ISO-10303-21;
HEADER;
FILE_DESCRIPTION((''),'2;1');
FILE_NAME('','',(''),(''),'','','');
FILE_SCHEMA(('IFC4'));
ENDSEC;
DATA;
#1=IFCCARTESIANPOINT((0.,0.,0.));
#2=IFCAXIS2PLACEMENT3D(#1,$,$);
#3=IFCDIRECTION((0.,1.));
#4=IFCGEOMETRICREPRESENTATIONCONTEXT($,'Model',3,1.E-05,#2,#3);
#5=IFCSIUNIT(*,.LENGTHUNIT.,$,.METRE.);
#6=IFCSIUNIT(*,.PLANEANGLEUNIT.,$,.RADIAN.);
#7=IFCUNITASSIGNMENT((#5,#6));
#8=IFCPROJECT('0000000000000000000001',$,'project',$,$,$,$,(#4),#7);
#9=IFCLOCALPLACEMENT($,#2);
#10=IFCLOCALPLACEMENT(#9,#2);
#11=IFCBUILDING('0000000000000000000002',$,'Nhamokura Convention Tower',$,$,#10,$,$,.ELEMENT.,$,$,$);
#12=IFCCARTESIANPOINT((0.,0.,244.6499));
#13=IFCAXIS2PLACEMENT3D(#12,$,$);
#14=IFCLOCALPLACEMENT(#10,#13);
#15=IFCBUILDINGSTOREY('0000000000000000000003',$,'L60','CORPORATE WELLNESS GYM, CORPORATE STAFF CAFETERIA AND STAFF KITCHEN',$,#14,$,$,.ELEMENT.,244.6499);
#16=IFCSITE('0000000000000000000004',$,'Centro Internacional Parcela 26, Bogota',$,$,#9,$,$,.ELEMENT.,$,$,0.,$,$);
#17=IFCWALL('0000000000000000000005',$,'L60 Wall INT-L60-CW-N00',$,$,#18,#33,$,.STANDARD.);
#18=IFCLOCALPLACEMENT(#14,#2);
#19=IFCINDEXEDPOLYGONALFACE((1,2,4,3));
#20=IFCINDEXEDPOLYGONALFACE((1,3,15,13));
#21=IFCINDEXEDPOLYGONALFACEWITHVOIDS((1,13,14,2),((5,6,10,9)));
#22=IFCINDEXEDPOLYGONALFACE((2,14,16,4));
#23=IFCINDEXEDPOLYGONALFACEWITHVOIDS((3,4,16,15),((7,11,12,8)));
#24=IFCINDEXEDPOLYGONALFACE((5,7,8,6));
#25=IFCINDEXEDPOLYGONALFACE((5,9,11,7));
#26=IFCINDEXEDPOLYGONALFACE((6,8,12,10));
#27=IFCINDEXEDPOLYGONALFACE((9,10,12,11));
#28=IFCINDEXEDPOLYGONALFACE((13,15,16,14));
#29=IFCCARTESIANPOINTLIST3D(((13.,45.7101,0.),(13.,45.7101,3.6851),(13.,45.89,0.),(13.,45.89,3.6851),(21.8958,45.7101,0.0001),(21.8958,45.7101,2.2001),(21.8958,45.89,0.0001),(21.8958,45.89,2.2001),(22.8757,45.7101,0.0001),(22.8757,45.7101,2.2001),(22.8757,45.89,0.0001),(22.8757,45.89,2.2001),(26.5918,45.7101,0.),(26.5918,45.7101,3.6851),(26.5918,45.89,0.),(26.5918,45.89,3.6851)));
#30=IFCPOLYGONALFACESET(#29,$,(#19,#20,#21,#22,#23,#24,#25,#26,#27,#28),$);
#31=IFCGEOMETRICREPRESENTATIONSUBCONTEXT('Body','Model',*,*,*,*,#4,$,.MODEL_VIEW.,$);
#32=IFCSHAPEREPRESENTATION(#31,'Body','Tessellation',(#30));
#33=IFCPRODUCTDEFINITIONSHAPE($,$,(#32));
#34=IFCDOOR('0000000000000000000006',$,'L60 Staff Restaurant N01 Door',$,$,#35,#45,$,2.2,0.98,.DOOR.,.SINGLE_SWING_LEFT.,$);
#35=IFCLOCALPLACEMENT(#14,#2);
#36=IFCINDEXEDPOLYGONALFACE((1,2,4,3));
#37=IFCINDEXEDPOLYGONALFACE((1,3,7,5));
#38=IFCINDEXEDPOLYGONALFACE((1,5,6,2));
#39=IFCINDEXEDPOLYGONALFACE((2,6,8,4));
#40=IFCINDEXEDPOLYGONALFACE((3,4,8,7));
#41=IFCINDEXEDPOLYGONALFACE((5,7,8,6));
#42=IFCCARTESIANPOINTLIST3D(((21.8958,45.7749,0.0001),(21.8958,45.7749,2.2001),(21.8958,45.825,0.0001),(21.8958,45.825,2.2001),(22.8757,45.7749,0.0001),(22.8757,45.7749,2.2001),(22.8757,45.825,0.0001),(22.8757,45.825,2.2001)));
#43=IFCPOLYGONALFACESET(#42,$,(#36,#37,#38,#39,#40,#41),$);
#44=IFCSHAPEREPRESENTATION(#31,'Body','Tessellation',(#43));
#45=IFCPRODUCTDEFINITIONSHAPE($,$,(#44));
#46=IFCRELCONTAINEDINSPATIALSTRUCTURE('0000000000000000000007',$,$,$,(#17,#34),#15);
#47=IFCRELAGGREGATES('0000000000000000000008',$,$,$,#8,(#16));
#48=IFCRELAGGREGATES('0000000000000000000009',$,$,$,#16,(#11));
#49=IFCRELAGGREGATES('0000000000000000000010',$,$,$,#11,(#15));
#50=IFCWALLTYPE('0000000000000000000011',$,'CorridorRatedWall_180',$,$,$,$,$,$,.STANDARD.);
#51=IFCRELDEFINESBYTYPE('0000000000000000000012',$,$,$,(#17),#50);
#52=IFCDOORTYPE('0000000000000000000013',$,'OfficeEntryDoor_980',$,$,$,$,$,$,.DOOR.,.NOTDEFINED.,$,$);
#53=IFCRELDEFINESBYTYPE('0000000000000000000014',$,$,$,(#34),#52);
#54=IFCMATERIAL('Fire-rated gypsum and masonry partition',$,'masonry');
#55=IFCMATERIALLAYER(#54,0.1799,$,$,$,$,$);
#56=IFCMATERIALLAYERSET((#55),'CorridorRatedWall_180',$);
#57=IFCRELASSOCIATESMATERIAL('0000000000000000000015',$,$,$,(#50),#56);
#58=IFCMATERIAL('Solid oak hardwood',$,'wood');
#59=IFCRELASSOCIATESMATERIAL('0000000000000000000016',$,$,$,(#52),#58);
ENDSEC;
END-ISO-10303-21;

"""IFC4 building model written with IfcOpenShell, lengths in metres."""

from ifc_helpers import new_model, si_unit, direction, frame, frame_2d, origin, place, context, subcontext, project, spatial, rectangle, extrude, material, layer, layer_set, type_object, element, fill, save


model = new_model("IFC4")

# Units and contexts
model_context = context("Model", 3, precision=1e-05, world=origin(), true_north=direction((0.0, 1.0)))
body_context = subcontext(model_context, "Body", "Model", "MODEL_VIEW")
ifc_project = project(units=[si_unit("LENGTHUNIT", "METRE"), si_unit("PLANEANGLEUNIT", "RADIAN")], contexts=[model_context])

# Site, building, storey
site_placement = place(None, origin())
site = spatial("IfcSite", under=ifc_project, at=site_placement, Name="Centro Internacional Parcela 26, Bogota", CompositionType="ELEMENT", RefElevation=0.0)
building_placement = place(site_placement, origin())
building = spatial("IfcBuilding", under=site, at=building_placement, Name="Nhamokura Convention Tower", CompositionType="ELEMENT")
storey_placement = place(building_placement, frame((0.0, 0.0, 244.6499)))
storey = spatial("IfcBuildingStorey", under=building, at=storey_placement, Name="L60", Description="CORPORATE WELLNESS GYM, CORPORATE STAFF CAFETERIA AND STAFF KITCHEN", CompositionType="ELEMENT", Elevation=244.6499)

# Wall, opening, door
ifc_material_1 = material(Name="Fire-rated gypsum and masonry partition", Category="masonry")
ifc_layer_1 = layer(ifc_material_1, 0.1799)
ifc_layer_set_1 = layer_set([ifc_layer_1], Name="CorridorRatedWall_180")
wall_type_1 = type_object("IfcWallType", Name="CorridorRatedWall_180", PredefinedType="STANDARD", material=ifc_layer_set_1)
wall_placement = place(storey_placement, frame((13.0, 45.8, 0.0), z_axis=(0.0, 0.0, 1.0), x_axis=(1.0, 0.0, 0.0)))
wall = element("IfcWall", 1, at=wall_placement, inside=storey, type_object=wall_type_1, Name="L60 Wall INT-L60-CW-N00", PredefinedType="STANDARD", context=body_context, shape_type="SweptSolid", body=[
    extrude(rectangle(XDim=13.5918, YDim=0.1799, at=frame_2d((6.7959, 0.0))), origin(), (0.0, 0.0, 1.0), 3.6851),
])
opening_placement = place(wall_placement, frame((8.8958, 0.0, 0.0)))
opening = element("IfcOpeningElement", 2, at=opening_placement, cuts=wall, PredefinedType="OPENING", context=body_context, shape_type="SweptSolid", body=[
    extrude(rectangle(XDim=0.98, YDim=2.2, at=frame_2d((0.49, 1.1001))), frame((0.0, 0.0999, 0.0), z_axis=(0.0, -1.0, 0.0), x_axis=(1.0, 0.0, 0.0)), (0.0, 0.0, 1.0), 0.2),
])
ifc_material_2 = material(Name="Solid oak hardwood", Category="wood")
door_type = type_object("IfcDoorType", Name="OfficeEntryDoor_980", OperationType="NOTDEFINED", PredefinedType="DOOR", material=ifc_material_2)
door_placement = place(opening_placement, origin())
door = element("IfcDoor", 3, at=door_placement, inside=storey, type_object=door_type, Name="L60 Staff Restaurant N01 Door", OperationType="SINGLE_SWING_LEFT", OverallHeight=2.2, OverallWidth=0.98, PredefinedType="DOOR", context=body_context, shape_type="SweptSolid", body=[
    extrude(rectangle(XDim=0.98, YDim=2.2, at=frame_2d((0.49, 1.1001))), frame((0.0, 0.0249, 0.0), z_axis=(0.0, -1.0, 0.0), x_axis=(1.0, 0.0, 0.0)), (0.0, 0.0, 1.0), 0.05),
])
fill(opening, door)

save(model, "model.ifc")
